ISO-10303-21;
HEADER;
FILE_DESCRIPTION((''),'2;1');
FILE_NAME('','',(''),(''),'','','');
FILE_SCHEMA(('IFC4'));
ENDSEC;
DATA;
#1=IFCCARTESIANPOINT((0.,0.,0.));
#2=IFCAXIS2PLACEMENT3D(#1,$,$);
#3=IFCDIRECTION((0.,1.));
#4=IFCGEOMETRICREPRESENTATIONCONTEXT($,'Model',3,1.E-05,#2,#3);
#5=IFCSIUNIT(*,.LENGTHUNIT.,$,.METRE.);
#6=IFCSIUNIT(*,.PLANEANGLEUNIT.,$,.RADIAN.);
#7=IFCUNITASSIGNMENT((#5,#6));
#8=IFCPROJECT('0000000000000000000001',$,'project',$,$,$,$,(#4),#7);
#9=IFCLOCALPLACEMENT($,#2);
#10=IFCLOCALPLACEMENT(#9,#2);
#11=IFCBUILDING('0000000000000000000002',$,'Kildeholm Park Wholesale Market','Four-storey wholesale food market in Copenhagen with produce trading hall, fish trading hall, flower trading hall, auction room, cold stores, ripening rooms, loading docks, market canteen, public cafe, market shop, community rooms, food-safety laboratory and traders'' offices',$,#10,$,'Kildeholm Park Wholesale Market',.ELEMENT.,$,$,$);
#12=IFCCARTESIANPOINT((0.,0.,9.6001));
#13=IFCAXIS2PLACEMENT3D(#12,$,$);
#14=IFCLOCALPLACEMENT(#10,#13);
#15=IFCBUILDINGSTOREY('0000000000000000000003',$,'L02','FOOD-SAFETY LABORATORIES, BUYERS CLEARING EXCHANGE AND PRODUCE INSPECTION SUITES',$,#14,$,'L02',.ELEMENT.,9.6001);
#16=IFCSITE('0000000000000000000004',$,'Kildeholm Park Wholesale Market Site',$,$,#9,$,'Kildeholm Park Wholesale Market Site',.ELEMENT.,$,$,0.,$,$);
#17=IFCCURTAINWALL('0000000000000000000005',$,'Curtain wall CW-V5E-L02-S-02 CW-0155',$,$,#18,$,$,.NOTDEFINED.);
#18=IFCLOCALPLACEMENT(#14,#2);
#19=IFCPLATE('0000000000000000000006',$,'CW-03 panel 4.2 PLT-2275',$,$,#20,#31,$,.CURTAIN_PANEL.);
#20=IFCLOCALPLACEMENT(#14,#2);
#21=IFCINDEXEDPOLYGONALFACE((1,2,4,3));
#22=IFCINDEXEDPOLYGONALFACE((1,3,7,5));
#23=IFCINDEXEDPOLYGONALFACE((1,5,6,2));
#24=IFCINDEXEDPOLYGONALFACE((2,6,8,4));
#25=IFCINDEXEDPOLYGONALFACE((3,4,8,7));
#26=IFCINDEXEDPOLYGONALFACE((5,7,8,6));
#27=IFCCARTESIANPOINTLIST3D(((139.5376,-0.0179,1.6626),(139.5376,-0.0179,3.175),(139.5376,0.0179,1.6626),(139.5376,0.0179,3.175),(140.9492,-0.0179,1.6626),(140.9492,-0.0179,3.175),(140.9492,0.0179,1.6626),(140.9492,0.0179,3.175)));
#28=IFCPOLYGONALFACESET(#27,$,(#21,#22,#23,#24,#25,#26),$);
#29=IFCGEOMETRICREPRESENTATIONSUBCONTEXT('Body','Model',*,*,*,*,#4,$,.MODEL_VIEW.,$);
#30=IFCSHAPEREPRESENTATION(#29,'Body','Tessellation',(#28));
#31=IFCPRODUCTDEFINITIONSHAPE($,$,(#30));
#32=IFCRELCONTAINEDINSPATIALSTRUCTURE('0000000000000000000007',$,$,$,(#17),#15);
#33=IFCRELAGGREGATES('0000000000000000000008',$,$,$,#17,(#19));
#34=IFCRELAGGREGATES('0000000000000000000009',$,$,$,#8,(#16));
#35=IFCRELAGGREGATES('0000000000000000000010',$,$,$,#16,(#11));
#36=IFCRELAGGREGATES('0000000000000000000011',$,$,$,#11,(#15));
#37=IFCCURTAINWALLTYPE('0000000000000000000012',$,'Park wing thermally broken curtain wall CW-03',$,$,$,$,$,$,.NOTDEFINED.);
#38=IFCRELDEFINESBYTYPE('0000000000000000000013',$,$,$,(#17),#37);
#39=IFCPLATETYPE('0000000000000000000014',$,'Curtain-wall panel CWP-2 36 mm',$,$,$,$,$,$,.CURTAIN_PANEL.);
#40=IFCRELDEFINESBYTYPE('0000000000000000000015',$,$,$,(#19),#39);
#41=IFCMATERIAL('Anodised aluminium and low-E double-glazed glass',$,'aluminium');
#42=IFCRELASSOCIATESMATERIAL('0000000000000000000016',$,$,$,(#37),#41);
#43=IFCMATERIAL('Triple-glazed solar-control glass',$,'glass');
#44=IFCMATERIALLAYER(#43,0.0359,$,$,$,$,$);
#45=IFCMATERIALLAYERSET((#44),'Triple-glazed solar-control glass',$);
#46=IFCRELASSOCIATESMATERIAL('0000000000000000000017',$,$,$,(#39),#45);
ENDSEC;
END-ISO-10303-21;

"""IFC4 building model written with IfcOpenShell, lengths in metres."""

from ifc_helpers import new_model, si_unit, direction, frame, origin, origin_2d, place, context, subcontext, project, spatial, rectangle, extrude, material, layer, layer_set, type_object, element, aggregate, save


model = new_model("IFC4")

# Units and contexts
model_context = context("Model", 3, precision=1e-05, world=origin(), true_north=direction((0.0, 1.0)))
body_context = subcontext(model_context, "Body", "Model", "MODEL_VIEW")
ifc_project = project(units=[si_unit("LENGTHUNIT", "METRE"), si_unit("PLANEANGLEUNIT", "RADIAN")], contexts=[model_context])

# Site, building, storey
site_placement = place(None, origin())
site = spatial("IfcSite", under=ifc_project, at=site_placement, Name="Kildeholm Park Wholesale Market Site", LongName="Kildeholm Park Wholesale Market Site", CompositionType="ELEMENT", RefElevation=0.0)
building_placement = place(site_placement, origin())
building = spatial("IfcBuilding", under=site, at=building_placement, Name="Kildeholm Park Wholesale Market", Description="Four-storey wholesale food market in Copenhagen with produce trading hall, fish trading hall, flower trading hall, auction room, cold stores, ripening rooms, loading docks, market canteen, public cafe, market shop, community rooms, food-safety laboratory and traders' offices", LongName="Kildeholm Park Wholesale Market", CompositionType="ELEMENT")
storey_placement = place(building_placement, frame((0.0, 0.0, 9.6001)))
storey = spatial("IfcBuildingStorey", under=building, at=storey_placement, Name="L02", Description="FOOD-SAFETY LABORATORIES, BUYERS CLEARING EXCHANGE AND PRODUCE INSPECTION SUITES", LongName="L02", CompositionType="ELEMENT", Elevation=9.6001)

# Curtain wall, plate
ifc_material_1 = material(Name="Anodised aluminium and low-E double-glazed glass", Category="aluminium")
curtain_wall_type = type_object("IfcCurtainWallType", Name="Park wing thermally broken curtain wall CW-03", PredefinedType="NOTDEFINED", material=ifc_material_1)
curtain_wall_placement = place(storey_placement, origin())
curtain_wall = element("IfcCurtainWall", 1, at=curtain_wall_placement, inside=storey, type_object=curtain_wall_type, Name="Curtain wall CW-V5E-L02-S-02 CW-0155", PredefinedType="NOTDEFINED")
ifc_material_2 = material(Name="Triple-glazed solar-control glass", Category="glass")
ifc_layer = layer(ifc_material_2, 0.0359)
ifc_layer_set = layer_set([ifc_layer], Name="Triple-glazed solar-control glass")
plate_type = type_object("IfcPlateType", Name="Curtain-wall panel CWP-2 36 mm", PredefinedType="CURTAIN_PANEL", material=ifc_layer_set)
plate_1_placement = place(storey_placement, frame((140.2434, 0.0, 1.6626), z_axis=(0.0, 0.0, 1.0), x_axis=(1.0, 0.0, 0.0)))
plate_1 = element("IfcPlate", 2, at=plate_1_placement, type_object=plate_type, Name="CW-03 panel 4.2 PLT-2275", PredefinedType="CURTAIN_PANEL", context=body_context, shape_type="SweptSolid", body=[
    extrude(rectangle(XDim=1.4116, YDim=0.0359, at=origin_2d()), origin(), (0.0, 0.0, 1.0), 1.5125),
])
aggregate(curtain_wall, [plate_1])

save(model, "model.ifc")
